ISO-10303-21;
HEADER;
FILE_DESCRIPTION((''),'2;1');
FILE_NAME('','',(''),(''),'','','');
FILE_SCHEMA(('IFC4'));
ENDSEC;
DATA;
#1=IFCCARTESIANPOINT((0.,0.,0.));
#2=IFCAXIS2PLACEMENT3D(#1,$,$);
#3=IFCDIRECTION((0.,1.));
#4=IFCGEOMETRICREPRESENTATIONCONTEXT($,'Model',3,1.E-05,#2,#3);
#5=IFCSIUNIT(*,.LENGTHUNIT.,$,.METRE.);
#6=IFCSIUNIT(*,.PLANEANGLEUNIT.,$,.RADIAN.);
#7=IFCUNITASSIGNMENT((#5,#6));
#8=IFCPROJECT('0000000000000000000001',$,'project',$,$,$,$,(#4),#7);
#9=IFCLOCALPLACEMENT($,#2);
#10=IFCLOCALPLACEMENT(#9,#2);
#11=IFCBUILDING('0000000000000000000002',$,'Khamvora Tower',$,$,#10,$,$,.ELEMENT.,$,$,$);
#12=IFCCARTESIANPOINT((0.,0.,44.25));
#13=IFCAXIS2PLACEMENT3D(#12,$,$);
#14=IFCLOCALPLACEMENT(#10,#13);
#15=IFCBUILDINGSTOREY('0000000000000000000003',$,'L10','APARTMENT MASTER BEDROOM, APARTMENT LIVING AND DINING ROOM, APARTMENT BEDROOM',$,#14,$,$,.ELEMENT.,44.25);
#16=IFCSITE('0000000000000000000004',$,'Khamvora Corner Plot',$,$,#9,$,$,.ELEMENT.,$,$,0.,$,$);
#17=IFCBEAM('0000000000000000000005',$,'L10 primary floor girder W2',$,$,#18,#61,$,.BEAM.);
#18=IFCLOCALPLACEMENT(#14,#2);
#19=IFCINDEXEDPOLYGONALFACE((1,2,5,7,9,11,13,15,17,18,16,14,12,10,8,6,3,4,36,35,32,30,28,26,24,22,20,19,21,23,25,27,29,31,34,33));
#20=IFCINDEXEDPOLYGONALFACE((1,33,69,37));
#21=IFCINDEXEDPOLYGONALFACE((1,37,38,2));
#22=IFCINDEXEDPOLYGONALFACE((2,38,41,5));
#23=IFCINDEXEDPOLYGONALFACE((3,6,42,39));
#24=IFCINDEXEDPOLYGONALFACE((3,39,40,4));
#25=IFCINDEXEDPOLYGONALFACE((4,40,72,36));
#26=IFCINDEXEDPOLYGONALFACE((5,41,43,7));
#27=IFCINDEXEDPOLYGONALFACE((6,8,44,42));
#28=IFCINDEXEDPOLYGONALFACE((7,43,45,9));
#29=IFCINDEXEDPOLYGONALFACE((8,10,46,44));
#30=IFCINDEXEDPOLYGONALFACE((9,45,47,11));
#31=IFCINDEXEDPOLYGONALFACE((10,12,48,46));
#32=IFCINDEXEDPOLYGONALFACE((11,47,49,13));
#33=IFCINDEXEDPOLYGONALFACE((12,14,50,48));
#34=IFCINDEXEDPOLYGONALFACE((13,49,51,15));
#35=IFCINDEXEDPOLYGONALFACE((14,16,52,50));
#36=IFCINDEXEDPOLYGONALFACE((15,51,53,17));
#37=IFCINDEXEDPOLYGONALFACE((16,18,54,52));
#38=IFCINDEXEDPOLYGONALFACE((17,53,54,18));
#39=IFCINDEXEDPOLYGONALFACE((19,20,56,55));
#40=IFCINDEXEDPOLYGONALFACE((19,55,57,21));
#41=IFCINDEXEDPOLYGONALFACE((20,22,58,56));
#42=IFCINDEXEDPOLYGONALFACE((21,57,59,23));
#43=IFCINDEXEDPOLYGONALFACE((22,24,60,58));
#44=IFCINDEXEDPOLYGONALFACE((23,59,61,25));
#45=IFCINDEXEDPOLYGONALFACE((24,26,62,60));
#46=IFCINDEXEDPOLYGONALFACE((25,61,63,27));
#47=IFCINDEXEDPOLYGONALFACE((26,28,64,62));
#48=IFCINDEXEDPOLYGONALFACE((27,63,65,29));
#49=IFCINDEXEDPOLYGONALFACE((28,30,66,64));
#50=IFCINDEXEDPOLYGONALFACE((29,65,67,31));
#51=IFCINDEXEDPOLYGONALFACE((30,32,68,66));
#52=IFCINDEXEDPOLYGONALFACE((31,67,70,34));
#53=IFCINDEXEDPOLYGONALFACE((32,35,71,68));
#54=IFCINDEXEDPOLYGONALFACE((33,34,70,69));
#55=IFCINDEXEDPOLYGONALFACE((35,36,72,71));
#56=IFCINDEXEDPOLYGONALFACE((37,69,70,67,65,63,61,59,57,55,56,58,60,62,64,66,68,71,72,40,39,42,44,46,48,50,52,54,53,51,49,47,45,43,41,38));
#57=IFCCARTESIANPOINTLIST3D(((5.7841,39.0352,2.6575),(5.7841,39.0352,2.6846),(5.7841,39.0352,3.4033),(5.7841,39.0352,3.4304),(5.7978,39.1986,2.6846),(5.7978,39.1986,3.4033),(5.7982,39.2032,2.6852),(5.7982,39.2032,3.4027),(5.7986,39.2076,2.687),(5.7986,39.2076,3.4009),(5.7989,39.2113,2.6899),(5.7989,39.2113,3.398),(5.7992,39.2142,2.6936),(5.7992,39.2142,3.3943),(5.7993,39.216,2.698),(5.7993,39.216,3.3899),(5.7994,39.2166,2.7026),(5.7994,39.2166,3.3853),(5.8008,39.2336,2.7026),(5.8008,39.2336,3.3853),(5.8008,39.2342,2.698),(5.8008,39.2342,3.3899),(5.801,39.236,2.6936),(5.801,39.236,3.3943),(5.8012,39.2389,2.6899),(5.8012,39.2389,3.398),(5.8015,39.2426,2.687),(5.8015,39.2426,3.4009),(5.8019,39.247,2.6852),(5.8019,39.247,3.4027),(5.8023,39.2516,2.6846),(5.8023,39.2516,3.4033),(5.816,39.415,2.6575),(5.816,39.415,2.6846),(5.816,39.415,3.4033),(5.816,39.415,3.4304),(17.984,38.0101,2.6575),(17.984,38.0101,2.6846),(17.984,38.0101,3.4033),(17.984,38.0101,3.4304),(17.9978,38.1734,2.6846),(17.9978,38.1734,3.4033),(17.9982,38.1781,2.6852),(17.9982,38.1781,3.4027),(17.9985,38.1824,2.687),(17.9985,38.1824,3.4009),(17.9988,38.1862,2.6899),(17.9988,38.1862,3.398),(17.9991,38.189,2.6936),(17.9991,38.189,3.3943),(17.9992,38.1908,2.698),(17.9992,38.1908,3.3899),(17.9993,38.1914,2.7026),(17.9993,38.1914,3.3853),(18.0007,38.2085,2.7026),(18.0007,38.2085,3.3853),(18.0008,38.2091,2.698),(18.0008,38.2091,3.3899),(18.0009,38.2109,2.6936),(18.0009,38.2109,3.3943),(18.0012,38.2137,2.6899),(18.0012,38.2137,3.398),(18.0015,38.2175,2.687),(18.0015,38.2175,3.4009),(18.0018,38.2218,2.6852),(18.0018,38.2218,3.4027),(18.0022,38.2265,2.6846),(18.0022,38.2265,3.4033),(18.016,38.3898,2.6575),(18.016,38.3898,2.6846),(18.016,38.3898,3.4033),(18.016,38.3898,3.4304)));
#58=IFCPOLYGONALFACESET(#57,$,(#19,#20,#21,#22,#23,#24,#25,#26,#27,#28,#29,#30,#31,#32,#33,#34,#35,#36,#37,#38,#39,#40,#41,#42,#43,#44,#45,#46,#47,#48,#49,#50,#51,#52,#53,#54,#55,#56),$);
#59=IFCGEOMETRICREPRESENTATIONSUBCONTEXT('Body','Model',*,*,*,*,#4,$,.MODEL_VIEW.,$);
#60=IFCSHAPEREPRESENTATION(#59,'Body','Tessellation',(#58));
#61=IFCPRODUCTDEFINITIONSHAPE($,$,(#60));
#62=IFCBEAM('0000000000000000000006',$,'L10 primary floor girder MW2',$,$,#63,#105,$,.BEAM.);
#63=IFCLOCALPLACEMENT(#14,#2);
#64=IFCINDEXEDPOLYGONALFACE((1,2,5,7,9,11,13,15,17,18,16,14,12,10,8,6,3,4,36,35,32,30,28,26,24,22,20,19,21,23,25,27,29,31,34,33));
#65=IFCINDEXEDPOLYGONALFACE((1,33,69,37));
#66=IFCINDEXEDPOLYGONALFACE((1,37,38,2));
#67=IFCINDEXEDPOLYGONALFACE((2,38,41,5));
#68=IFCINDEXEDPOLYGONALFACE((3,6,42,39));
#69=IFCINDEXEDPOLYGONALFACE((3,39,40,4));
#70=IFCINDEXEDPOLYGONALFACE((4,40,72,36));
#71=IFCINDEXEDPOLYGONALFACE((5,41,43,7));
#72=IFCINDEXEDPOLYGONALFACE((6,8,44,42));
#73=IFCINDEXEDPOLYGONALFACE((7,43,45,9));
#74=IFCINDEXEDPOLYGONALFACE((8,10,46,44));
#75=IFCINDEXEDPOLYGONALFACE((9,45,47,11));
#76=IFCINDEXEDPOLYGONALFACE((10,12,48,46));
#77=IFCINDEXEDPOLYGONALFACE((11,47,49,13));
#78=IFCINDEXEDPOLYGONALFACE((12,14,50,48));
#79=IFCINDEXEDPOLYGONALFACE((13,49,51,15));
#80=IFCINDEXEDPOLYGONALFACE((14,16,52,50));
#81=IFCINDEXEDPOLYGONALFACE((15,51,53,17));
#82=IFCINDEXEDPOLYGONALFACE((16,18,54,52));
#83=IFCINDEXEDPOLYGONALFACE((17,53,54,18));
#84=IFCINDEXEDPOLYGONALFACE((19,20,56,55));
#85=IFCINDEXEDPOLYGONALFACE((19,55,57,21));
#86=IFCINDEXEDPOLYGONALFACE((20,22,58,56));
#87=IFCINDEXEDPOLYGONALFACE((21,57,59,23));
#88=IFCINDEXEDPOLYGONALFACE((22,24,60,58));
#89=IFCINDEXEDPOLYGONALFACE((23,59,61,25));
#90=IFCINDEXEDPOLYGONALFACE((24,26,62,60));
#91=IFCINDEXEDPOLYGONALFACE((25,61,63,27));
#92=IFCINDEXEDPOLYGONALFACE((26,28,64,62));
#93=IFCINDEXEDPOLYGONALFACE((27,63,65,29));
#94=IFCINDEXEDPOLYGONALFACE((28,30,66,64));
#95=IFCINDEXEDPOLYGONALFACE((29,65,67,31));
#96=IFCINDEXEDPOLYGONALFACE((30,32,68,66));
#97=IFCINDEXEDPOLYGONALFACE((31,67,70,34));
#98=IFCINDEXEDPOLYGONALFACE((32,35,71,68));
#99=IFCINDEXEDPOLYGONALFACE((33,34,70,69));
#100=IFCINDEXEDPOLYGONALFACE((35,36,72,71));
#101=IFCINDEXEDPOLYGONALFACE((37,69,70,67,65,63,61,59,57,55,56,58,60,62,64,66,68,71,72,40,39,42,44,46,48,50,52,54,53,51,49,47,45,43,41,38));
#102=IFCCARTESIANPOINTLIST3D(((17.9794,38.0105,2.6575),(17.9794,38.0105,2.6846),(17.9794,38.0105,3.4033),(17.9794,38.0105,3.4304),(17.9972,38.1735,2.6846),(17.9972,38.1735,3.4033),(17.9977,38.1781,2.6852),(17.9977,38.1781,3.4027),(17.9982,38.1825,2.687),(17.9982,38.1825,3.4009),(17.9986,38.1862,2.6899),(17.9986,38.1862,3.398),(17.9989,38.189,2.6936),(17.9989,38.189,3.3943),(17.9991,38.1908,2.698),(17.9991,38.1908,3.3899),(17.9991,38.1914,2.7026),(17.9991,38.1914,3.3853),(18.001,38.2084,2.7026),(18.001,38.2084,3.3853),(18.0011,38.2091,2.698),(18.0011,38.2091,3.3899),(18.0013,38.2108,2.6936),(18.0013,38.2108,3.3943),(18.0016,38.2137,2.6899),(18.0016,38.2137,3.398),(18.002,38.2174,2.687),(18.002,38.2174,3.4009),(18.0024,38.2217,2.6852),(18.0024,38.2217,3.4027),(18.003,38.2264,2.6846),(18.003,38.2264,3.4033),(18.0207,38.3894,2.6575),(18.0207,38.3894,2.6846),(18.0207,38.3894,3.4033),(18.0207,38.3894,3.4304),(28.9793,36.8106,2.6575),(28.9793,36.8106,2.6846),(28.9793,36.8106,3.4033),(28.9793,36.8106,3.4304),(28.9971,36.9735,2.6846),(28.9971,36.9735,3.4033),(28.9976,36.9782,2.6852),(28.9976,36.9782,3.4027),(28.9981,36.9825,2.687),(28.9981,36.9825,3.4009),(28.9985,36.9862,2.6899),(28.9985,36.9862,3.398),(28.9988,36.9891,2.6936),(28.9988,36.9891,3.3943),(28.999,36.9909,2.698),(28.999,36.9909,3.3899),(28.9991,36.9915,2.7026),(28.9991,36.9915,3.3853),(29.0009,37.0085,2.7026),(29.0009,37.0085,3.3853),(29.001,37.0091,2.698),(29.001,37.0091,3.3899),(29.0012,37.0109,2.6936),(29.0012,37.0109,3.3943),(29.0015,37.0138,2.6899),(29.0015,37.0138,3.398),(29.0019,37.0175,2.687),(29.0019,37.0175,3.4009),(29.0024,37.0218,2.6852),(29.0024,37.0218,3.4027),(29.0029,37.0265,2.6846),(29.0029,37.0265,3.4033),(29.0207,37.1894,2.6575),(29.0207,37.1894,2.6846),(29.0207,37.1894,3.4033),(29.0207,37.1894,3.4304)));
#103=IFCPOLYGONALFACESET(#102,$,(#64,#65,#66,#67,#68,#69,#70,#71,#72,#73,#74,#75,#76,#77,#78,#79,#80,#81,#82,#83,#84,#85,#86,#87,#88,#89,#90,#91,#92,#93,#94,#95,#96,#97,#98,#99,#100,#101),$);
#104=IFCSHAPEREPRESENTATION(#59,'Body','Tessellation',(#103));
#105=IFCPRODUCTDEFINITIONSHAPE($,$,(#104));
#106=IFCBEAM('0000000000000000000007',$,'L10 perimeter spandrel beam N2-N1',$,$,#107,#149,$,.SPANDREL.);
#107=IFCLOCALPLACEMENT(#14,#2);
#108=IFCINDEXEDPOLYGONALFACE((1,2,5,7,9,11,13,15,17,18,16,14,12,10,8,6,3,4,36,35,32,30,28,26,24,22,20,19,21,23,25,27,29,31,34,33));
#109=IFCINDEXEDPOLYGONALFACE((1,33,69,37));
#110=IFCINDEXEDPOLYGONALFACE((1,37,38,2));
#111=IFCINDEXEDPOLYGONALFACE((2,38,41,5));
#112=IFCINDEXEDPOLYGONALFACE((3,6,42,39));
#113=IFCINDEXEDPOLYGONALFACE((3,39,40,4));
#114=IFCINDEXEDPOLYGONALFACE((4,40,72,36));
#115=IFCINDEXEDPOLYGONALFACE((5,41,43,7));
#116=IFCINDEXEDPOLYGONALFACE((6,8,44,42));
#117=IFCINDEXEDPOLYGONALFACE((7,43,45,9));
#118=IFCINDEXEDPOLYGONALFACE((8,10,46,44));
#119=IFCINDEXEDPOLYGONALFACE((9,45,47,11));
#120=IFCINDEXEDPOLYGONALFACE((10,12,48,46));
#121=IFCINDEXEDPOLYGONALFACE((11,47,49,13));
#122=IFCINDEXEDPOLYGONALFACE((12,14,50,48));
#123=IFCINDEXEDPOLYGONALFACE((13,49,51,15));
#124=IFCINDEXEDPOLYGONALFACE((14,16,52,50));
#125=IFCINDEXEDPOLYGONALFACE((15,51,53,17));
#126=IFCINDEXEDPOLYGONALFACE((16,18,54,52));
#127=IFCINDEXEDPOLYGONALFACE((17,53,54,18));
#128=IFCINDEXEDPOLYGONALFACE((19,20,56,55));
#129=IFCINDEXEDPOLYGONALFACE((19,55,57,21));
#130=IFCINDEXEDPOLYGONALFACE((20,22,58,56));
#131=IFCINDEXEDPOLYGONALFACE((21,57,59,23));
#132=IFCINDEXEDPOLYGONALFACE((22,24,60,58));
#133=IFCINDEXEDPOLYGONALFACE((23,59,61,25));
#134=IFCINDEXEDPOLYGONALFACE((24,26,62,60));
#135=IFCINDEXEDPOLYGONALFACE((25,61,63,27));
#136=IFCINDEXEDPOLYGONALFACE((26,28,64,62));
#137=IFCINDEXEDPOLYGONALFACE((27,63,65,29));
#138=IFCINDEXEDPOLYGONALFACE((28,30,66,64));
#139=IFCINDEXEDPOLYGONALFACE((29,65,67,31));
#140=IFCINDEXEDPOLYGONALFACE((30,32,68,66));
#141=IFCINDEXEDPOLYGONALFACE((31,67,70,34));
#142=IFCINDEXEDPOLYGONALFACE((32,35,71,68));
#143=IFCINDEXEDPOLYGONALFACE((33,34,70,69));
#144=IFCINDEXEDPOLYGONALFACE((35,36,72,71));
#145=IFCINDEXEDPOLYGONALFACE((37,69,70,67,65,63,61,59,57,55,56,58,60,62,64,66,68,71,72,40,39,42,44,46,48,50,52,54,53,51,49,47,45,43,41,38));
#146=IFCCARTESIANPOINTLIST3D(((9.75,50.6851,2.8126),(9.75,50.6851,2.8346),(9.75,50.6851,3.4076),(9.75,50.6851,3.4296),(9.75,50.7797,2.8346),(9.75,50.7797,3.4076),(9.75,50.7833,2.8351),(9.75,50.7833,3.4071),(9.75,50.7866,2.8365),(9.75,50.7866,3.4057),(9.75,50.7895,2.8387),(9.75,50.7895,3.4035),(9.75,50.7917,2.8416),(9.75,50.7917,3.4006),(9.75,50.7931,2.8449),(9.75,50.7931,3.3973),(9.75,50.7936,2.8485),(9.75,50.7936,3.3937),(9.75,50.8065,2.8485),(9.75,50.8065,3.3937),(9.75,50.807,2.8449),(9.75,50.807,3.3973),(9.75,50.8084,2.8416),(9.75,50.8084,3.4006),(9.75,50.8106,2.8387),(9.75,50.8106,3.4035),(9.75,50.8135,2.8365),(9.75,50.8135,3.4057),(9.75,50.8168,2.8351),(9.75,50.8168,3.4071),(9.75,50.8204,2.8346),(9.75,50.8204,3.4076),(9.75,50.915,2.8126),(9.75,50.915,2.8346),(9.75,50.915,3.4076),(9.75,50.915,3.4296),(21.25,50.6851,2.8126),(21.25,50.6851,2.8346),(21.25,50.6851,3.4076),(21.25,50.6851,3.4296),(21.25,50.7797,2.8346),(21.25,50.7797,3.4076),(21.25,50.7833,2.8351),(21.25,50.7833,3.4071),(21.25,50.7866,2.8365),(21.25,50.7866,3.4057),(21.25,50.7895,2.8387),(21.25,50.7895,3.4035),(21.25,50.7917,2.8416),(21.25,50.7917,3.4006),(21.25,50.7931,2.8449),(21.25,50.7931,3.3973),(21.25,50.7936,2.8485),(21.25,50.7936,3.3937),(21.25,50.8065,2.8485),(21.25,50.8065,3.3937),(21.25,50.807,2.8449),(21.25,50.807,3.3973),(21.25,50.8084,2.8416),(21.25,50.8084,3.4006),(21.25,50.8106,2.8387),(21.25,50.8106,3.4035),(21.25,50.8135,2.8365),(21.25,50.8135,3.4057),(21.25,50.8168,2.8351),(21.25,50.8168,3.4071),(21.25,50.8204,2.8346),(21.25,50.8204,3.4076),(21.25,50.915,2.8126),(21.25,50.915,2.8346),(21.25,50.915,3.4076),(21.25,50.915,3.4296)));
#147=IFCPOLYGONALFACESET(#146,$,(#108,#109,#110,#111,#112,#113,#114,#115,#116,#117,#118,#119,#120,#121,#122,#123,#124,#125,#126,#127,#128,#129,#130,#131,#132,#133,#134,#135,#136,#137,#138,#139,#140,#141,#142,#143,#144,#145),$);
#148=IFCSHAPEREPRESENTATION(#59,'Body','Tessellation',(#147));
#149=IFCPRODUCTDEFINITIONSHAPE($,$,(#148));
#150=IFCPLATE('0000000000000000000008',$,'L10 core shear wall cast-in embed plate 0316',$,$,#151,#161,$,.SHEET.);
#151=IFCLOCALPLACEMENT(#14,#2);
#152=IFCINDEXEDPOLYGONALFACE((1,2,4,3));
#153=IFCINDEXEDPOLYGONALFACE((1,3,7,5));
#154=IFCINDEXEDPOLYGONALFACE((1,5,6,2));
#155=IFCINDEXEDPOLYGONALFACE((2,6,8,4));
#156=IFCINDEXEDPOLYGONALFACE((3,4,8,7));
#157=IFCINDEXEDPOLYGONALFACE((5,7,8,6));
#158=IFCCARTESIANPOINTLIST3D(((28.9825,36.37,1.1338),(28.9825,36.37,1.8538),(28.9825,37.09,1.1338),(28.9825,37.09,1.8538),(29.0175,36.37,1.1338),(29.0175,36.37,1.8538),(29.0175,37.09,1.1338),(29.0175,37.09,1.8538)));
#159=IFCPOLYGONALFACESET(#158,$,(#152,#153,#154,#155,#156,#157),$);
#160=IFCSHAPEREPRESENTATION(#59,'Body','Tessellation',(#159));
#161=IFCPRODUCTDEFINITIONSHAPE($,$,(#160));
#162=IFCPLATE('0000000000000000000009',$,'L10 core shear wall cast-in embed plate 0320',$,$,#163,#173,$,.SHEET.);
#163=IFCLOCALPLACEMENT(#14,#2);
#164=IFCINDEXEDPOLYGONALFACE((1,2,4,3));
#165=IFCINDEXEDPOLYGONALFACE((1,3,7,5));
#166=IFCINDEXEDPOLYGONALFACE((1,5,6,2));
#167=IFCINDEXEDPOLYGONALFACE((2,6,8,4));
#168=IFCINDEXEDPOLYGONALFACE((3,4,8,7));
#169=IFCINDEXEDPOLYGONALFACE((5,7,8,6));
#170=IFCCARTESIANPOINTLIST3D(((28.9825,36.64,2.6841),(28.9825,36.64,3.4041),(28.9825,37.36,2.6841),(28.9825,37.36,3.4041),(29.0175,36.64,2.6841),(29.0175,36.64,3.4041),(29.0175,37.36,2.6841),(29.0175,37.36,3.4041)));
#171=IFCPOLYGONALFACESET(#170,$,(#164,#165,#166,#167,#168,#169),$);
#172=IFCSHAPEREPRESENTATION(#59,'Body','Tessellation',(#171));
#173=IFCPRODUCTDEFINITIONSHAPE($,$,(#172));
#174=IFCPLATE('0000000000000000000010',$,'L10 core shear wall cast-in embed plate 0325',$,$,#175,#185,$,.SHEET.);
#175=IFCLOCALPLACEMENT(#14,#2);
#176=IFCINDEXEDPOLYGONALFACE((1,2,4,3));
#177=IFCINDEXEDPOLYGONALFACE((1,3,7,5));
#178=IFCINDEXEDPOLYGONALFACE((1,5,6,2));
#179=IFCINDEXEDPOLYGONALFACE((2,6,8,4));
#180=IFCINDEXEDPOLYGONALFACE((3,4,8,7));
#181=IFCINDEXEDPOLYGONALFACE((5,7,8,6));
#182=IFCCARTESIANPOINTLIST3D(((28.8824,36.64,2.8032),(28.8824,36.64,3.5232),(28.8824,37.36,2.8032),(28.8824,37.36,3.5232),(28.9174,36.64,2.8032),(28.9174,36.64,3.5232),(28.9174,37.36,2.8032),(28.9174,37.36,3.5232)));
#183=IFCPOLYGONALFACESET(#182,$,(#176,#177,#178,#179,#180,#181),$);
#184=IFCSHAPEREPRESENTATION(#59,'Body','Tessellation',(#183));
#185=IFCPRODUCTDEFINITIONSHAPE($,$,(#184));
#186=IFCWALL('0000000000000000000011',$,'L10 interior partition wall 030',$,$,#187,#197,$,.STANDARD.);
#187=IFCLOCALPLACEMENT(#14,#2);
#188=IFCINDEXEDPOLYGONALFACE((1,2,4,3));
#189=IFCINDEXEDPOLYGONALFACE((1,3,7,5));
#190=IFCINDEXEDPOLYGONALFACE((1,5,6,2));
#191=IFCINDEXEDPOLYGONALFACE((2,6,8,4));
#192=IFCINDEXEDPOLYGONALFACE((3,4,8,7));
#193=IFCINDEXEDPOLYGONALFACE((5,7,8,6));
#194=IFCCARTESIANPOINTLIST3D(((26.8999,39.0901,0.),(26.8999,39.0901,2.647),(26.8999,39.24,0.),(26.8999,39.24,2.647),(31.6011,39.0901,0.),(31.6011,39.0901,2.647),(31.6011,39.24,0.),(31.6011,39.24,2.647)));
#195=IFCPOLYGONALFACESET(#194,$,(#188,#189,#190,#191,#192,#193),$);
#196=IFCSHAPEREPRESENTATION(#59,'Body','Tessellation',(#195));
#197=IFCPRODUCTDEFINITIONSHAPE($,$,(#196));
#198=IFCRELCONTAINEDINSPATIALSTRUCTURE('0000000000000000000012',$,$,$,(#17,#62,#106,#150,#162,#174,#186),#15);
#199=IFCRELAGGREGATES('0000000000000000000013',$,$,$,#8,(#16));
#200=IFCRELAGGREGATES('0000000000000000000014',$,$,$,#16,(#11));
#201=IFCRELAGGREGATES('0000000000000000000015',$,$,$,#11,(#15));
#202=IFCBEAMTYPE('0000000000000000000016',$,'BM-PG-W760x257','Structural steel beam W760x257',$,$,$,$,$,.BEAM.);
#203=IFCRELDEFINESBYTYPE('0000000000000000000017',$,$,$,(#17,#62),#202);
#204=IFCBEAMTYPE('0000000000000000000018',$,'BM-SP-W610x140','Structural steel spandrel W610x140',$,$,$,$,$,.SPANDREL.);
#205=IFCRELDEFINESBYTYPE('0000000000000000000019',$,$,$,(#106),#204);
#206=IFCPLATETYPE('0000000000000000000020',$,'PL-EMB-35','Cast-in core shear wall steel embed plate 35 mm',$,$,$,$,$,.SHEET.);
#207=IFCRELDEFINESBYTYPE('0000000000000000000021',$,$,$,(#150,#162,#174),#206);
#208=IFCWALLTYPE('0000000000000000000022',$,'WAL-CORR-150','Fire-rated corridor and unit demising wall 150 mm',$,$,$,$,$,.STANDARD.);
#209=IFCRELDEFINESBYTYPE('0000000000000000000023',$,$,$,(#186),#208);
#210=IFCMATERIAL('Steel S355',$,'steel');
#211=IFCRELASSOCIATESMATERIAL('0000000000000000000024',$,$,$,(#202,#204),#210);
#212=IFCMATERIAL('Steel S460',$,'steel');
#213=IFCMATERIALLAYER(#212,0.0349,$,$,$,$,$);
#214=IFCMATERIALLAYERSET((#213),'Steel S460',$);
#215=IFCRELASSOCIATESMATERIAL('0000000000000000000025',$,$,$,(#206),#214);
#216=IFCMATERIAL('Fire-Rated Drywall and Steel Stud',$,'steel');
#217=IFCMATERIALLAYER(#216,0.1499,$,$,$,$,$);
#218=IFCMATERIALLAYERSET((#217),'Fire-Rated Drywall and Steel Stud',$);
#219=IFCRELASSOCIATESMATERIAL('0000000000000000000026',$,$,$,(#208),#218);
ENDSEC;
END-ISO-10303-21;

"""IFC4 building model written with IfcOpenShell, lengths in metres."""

from ifc_helpers import new_model, si_unit, direction, frame, frame_2d, origin, origin_2d, place, context, subcontext, project, spatial, rectangle, i_section, extrude, material, layer, layer_set, material_profile, profile_set, type_object, element, save


model = new_model("IFC4")

# Units and contexts
model_context = context("Model", 3, precision=1e-05, world=origin(), true_north=direction((0.0, 1.0)))
body_context = subcontext(model_context, "Body", "Model", "MODEL_VIEW")
ifc_project = project(units=[si_unit("LENGTHUNIT", "METRE"), si_unit("PLANEANGLEUNIT", "RADIAN")], contexts=[model_context])

# Site, building, storey
site_placement = place(None, origin())
site = spatial("IfcSite", under=ifc_project, at=site_placement, Name="Khamvora Corner Plot", CompositionType="ELEMENT", RefElevation=0.0)
building_placement = place(site_placement, origin())
building = spatial("IfcBuilding", under=site, at=building_placement, Name="Khamvora Tower", CompositionType="ELEMENT")
storey_placement = place(building_placement, frame((0.0, 0.0, 44.25)))
storey = spatial("IfcBuildingStorey", under=building, at=storey_placement, Name="L10", Description="APARTMENT MASTER BEDROOM, APARTMENT LIVING AND DINING ROOM, APARTMENT BEDROOM", CompositionType="ELEMENT", Elevation=44.25)

# Shared definitions
ifc_material_1 = material(Name="Steel S460", Category="steel")

# Beams
ifc_material_2 = material(Name="Steel S355", Category="steel")
ifc_material_profile_1 = material_profile(ifc_material_2, i_section(OverallWidth=0.3811, OverallDepth=0.7729, WebThickness=0.0171, FlangeThickness=0.0271, FilletRadius=0.0181, at=origin_2d()), Name="W760x257")
ifc_profile_set_1 = profile_set([ifc_material_profile_1], Name="Steel S355")
beam_type_1 = type_object("IfcBeamType", Name="BM-PG-W760x257", Description="Structural steel beam W760x257", PredefinedType="BEAM", material=ifc_profile_set_1)
beam_1_placement = place(storey_placement, frame((18.0, 38.2, 3.0439), z_axis=(-0.996488, 0.083734, 0.0), x_axis=(-0.083734, -0.996488, 0.0)))
element("IfcBeam", 1, at=beam_1_placement, inside=storey, type_object=beam_type_1, Name="L10 primary floor girder W2", PredefinedType="BEAM", context=body_context, shape_type="SweptSolid", body=[
    extrude(i_section(OverallWidth=0.3811, OverallDepth=0.7729, WebThickness=0.0171, FlangeThickness=0.0271, FilletRadius=0.0181, at=origin_2d()), origin(), (0.0, 0.0, 1.0), 12.2429),
])
beam_2_placement = place(storey_placement, frame((29.0, 37.0, 3.0439), z_axis=(-0.994103, 0.108443, 0.0), x_axis=(-0.108443, -0.994103, 0.0)))
element("IfcBeam", 2, at=beam_2_placement, inside=storey, type_object=beam_type_1, Name="L10 primary floor girder MW2", PredefinedType="BEAM", context=body_context, shape_type="SweptSolid", body=[
    extrude(i_section(OverallWidth=0.3811, OverallDepth=0.7729, WebThickness=0.0171, FlangeThickness=0.0271, FilletRadius=0.0181, at=origin_2d()), origin(), (0.0, 0.0, 1.0), 11.0652),
])
ifc_material_profile_2 = material_profile(ifc_material_2, i_section(OverallWidth=0.23, OverallDepth=0.6169, WebThickness=0.0129, FlangeThickness=0.022, FilletRadius=0.0139, at=origin_2d()), Name="W610x140")
ifc_profile_set_2 = profile_set([ifc_material_profile_2], Name="Steel S355")
beam_type_2 = type_object("IfcBeamType", Name="BM-SP-W610x140", Description="Structural steel spandrel W610x140", PredefinedType="SPANDREL", material=ifc_profile_set_2)
beam_3_placement = place(storey_placement, frame((21.25, 50.8, 3.1211), z_axis=(-1.0, 0.0, 0.0), x_axis=(0.0, -1.0, 0.0)))
element("IfcBeam", 3, at=beam_3_placement, inside=storey, type_object=beam_type_2, Name="L10 perimeter spandrel beam N2-N1", PredefinedType="SPANDREL", context=body_context, shape_type="SweptSolid", body=[
    extrude(i_section(OverallWidth=0.23, OverallDepth=0.6169, WebThickness=0.0129, FlangeThickness=0.022, FilletRadius=0.0139, at=origin_2d()), origin(), (0.0, 0.0, 1.0), 11.5),
])

# Plates
ifc_layer_1 = layer(ifc_material_1, 0.0349)
ifc_layer_set_1 = layer_set([ifc_layer_1], Name="Steel S460")
plate_type = type_object("IfcPlateType", Name="PL-EMB-35", Description="Cast-in core shear wall steel embed plate 35 mm", PredefinedType="SHEET", material=ifc_layer_set_1)
for number, where, z_axis, x_axis, name in (
    (4, (29.0, 36.73, 1.1338), (0.0, 0.0, 1.0), (1.0, 0.0, 0.0), "L10 core shear wall cast-in embed plate 0316"),
    (5, (29.0, 37.0, 2.6841), (0.0, 0.0, 1.0), (1.0, 0.0, 0.0), "L10 core shear wall cast-in embed plate 0320"),
    (6, (28.8999, 37.0, 2.8032), (0.0, 0.0, 1.0), (1.0, 0.0, 0.0), "L10 core shear wall cast-in embed plate 0325"),
):
    element("IfcPlate", number, at=place(storey_placement, frame(where, z_axis=z_axis, x_axis=x_axis)), inside=storey, type_object=plate_type, Name=name, PredefinedType="SHEET", context=body_context, shape_type="SweptSolid", body=[
        extrude(rectangle(XDim=0.0349, YDim=0.72, at=origin_2d()), origin(), (0.0, 0.0, 1.0), 0.72),
    ])

# Wall
ifc_material_3 = material(Name="Fire-Rated Drywall and Steel Stud", Category="steel")
ifc_layer_2 = layer(ifc_material_3, 0.1499)
ifc_layer_set_2 = layer_set([ifc_layer_2], Name="Fire-Rated Drywall and Steel Stud")
wall_type_1 = type_object("IfcWallType", Name="WAL-CORR-150", Description="Fire-rated corridor and unit demising wall 150 mm", PredefinedType="STANDARD", material=ifc_layer_set_2)
wall_1_placement = place(storey_placement, frame((26.8999, 39.165, 0.0), z_axis=(0.0, 0.0, 1.0), x_axis=(1.0, 0.0, 0.0)))
element("IfcWall", 7, at=wall_1_placement, inside=storey, type_object=wall_type_1, Name="L10 interior partition wall 030", PredefinedType="STANDARD", context=body_context, shape_type="SweptSolid", body=[
    extrude(rectangle(XDim=4.7012, YDim=0.1499, at=frame_2d((2.3506, 0.0))), origin(), (0.0, 0.0, 1.0), 2.647),
])

save(model, "model.ifc")
